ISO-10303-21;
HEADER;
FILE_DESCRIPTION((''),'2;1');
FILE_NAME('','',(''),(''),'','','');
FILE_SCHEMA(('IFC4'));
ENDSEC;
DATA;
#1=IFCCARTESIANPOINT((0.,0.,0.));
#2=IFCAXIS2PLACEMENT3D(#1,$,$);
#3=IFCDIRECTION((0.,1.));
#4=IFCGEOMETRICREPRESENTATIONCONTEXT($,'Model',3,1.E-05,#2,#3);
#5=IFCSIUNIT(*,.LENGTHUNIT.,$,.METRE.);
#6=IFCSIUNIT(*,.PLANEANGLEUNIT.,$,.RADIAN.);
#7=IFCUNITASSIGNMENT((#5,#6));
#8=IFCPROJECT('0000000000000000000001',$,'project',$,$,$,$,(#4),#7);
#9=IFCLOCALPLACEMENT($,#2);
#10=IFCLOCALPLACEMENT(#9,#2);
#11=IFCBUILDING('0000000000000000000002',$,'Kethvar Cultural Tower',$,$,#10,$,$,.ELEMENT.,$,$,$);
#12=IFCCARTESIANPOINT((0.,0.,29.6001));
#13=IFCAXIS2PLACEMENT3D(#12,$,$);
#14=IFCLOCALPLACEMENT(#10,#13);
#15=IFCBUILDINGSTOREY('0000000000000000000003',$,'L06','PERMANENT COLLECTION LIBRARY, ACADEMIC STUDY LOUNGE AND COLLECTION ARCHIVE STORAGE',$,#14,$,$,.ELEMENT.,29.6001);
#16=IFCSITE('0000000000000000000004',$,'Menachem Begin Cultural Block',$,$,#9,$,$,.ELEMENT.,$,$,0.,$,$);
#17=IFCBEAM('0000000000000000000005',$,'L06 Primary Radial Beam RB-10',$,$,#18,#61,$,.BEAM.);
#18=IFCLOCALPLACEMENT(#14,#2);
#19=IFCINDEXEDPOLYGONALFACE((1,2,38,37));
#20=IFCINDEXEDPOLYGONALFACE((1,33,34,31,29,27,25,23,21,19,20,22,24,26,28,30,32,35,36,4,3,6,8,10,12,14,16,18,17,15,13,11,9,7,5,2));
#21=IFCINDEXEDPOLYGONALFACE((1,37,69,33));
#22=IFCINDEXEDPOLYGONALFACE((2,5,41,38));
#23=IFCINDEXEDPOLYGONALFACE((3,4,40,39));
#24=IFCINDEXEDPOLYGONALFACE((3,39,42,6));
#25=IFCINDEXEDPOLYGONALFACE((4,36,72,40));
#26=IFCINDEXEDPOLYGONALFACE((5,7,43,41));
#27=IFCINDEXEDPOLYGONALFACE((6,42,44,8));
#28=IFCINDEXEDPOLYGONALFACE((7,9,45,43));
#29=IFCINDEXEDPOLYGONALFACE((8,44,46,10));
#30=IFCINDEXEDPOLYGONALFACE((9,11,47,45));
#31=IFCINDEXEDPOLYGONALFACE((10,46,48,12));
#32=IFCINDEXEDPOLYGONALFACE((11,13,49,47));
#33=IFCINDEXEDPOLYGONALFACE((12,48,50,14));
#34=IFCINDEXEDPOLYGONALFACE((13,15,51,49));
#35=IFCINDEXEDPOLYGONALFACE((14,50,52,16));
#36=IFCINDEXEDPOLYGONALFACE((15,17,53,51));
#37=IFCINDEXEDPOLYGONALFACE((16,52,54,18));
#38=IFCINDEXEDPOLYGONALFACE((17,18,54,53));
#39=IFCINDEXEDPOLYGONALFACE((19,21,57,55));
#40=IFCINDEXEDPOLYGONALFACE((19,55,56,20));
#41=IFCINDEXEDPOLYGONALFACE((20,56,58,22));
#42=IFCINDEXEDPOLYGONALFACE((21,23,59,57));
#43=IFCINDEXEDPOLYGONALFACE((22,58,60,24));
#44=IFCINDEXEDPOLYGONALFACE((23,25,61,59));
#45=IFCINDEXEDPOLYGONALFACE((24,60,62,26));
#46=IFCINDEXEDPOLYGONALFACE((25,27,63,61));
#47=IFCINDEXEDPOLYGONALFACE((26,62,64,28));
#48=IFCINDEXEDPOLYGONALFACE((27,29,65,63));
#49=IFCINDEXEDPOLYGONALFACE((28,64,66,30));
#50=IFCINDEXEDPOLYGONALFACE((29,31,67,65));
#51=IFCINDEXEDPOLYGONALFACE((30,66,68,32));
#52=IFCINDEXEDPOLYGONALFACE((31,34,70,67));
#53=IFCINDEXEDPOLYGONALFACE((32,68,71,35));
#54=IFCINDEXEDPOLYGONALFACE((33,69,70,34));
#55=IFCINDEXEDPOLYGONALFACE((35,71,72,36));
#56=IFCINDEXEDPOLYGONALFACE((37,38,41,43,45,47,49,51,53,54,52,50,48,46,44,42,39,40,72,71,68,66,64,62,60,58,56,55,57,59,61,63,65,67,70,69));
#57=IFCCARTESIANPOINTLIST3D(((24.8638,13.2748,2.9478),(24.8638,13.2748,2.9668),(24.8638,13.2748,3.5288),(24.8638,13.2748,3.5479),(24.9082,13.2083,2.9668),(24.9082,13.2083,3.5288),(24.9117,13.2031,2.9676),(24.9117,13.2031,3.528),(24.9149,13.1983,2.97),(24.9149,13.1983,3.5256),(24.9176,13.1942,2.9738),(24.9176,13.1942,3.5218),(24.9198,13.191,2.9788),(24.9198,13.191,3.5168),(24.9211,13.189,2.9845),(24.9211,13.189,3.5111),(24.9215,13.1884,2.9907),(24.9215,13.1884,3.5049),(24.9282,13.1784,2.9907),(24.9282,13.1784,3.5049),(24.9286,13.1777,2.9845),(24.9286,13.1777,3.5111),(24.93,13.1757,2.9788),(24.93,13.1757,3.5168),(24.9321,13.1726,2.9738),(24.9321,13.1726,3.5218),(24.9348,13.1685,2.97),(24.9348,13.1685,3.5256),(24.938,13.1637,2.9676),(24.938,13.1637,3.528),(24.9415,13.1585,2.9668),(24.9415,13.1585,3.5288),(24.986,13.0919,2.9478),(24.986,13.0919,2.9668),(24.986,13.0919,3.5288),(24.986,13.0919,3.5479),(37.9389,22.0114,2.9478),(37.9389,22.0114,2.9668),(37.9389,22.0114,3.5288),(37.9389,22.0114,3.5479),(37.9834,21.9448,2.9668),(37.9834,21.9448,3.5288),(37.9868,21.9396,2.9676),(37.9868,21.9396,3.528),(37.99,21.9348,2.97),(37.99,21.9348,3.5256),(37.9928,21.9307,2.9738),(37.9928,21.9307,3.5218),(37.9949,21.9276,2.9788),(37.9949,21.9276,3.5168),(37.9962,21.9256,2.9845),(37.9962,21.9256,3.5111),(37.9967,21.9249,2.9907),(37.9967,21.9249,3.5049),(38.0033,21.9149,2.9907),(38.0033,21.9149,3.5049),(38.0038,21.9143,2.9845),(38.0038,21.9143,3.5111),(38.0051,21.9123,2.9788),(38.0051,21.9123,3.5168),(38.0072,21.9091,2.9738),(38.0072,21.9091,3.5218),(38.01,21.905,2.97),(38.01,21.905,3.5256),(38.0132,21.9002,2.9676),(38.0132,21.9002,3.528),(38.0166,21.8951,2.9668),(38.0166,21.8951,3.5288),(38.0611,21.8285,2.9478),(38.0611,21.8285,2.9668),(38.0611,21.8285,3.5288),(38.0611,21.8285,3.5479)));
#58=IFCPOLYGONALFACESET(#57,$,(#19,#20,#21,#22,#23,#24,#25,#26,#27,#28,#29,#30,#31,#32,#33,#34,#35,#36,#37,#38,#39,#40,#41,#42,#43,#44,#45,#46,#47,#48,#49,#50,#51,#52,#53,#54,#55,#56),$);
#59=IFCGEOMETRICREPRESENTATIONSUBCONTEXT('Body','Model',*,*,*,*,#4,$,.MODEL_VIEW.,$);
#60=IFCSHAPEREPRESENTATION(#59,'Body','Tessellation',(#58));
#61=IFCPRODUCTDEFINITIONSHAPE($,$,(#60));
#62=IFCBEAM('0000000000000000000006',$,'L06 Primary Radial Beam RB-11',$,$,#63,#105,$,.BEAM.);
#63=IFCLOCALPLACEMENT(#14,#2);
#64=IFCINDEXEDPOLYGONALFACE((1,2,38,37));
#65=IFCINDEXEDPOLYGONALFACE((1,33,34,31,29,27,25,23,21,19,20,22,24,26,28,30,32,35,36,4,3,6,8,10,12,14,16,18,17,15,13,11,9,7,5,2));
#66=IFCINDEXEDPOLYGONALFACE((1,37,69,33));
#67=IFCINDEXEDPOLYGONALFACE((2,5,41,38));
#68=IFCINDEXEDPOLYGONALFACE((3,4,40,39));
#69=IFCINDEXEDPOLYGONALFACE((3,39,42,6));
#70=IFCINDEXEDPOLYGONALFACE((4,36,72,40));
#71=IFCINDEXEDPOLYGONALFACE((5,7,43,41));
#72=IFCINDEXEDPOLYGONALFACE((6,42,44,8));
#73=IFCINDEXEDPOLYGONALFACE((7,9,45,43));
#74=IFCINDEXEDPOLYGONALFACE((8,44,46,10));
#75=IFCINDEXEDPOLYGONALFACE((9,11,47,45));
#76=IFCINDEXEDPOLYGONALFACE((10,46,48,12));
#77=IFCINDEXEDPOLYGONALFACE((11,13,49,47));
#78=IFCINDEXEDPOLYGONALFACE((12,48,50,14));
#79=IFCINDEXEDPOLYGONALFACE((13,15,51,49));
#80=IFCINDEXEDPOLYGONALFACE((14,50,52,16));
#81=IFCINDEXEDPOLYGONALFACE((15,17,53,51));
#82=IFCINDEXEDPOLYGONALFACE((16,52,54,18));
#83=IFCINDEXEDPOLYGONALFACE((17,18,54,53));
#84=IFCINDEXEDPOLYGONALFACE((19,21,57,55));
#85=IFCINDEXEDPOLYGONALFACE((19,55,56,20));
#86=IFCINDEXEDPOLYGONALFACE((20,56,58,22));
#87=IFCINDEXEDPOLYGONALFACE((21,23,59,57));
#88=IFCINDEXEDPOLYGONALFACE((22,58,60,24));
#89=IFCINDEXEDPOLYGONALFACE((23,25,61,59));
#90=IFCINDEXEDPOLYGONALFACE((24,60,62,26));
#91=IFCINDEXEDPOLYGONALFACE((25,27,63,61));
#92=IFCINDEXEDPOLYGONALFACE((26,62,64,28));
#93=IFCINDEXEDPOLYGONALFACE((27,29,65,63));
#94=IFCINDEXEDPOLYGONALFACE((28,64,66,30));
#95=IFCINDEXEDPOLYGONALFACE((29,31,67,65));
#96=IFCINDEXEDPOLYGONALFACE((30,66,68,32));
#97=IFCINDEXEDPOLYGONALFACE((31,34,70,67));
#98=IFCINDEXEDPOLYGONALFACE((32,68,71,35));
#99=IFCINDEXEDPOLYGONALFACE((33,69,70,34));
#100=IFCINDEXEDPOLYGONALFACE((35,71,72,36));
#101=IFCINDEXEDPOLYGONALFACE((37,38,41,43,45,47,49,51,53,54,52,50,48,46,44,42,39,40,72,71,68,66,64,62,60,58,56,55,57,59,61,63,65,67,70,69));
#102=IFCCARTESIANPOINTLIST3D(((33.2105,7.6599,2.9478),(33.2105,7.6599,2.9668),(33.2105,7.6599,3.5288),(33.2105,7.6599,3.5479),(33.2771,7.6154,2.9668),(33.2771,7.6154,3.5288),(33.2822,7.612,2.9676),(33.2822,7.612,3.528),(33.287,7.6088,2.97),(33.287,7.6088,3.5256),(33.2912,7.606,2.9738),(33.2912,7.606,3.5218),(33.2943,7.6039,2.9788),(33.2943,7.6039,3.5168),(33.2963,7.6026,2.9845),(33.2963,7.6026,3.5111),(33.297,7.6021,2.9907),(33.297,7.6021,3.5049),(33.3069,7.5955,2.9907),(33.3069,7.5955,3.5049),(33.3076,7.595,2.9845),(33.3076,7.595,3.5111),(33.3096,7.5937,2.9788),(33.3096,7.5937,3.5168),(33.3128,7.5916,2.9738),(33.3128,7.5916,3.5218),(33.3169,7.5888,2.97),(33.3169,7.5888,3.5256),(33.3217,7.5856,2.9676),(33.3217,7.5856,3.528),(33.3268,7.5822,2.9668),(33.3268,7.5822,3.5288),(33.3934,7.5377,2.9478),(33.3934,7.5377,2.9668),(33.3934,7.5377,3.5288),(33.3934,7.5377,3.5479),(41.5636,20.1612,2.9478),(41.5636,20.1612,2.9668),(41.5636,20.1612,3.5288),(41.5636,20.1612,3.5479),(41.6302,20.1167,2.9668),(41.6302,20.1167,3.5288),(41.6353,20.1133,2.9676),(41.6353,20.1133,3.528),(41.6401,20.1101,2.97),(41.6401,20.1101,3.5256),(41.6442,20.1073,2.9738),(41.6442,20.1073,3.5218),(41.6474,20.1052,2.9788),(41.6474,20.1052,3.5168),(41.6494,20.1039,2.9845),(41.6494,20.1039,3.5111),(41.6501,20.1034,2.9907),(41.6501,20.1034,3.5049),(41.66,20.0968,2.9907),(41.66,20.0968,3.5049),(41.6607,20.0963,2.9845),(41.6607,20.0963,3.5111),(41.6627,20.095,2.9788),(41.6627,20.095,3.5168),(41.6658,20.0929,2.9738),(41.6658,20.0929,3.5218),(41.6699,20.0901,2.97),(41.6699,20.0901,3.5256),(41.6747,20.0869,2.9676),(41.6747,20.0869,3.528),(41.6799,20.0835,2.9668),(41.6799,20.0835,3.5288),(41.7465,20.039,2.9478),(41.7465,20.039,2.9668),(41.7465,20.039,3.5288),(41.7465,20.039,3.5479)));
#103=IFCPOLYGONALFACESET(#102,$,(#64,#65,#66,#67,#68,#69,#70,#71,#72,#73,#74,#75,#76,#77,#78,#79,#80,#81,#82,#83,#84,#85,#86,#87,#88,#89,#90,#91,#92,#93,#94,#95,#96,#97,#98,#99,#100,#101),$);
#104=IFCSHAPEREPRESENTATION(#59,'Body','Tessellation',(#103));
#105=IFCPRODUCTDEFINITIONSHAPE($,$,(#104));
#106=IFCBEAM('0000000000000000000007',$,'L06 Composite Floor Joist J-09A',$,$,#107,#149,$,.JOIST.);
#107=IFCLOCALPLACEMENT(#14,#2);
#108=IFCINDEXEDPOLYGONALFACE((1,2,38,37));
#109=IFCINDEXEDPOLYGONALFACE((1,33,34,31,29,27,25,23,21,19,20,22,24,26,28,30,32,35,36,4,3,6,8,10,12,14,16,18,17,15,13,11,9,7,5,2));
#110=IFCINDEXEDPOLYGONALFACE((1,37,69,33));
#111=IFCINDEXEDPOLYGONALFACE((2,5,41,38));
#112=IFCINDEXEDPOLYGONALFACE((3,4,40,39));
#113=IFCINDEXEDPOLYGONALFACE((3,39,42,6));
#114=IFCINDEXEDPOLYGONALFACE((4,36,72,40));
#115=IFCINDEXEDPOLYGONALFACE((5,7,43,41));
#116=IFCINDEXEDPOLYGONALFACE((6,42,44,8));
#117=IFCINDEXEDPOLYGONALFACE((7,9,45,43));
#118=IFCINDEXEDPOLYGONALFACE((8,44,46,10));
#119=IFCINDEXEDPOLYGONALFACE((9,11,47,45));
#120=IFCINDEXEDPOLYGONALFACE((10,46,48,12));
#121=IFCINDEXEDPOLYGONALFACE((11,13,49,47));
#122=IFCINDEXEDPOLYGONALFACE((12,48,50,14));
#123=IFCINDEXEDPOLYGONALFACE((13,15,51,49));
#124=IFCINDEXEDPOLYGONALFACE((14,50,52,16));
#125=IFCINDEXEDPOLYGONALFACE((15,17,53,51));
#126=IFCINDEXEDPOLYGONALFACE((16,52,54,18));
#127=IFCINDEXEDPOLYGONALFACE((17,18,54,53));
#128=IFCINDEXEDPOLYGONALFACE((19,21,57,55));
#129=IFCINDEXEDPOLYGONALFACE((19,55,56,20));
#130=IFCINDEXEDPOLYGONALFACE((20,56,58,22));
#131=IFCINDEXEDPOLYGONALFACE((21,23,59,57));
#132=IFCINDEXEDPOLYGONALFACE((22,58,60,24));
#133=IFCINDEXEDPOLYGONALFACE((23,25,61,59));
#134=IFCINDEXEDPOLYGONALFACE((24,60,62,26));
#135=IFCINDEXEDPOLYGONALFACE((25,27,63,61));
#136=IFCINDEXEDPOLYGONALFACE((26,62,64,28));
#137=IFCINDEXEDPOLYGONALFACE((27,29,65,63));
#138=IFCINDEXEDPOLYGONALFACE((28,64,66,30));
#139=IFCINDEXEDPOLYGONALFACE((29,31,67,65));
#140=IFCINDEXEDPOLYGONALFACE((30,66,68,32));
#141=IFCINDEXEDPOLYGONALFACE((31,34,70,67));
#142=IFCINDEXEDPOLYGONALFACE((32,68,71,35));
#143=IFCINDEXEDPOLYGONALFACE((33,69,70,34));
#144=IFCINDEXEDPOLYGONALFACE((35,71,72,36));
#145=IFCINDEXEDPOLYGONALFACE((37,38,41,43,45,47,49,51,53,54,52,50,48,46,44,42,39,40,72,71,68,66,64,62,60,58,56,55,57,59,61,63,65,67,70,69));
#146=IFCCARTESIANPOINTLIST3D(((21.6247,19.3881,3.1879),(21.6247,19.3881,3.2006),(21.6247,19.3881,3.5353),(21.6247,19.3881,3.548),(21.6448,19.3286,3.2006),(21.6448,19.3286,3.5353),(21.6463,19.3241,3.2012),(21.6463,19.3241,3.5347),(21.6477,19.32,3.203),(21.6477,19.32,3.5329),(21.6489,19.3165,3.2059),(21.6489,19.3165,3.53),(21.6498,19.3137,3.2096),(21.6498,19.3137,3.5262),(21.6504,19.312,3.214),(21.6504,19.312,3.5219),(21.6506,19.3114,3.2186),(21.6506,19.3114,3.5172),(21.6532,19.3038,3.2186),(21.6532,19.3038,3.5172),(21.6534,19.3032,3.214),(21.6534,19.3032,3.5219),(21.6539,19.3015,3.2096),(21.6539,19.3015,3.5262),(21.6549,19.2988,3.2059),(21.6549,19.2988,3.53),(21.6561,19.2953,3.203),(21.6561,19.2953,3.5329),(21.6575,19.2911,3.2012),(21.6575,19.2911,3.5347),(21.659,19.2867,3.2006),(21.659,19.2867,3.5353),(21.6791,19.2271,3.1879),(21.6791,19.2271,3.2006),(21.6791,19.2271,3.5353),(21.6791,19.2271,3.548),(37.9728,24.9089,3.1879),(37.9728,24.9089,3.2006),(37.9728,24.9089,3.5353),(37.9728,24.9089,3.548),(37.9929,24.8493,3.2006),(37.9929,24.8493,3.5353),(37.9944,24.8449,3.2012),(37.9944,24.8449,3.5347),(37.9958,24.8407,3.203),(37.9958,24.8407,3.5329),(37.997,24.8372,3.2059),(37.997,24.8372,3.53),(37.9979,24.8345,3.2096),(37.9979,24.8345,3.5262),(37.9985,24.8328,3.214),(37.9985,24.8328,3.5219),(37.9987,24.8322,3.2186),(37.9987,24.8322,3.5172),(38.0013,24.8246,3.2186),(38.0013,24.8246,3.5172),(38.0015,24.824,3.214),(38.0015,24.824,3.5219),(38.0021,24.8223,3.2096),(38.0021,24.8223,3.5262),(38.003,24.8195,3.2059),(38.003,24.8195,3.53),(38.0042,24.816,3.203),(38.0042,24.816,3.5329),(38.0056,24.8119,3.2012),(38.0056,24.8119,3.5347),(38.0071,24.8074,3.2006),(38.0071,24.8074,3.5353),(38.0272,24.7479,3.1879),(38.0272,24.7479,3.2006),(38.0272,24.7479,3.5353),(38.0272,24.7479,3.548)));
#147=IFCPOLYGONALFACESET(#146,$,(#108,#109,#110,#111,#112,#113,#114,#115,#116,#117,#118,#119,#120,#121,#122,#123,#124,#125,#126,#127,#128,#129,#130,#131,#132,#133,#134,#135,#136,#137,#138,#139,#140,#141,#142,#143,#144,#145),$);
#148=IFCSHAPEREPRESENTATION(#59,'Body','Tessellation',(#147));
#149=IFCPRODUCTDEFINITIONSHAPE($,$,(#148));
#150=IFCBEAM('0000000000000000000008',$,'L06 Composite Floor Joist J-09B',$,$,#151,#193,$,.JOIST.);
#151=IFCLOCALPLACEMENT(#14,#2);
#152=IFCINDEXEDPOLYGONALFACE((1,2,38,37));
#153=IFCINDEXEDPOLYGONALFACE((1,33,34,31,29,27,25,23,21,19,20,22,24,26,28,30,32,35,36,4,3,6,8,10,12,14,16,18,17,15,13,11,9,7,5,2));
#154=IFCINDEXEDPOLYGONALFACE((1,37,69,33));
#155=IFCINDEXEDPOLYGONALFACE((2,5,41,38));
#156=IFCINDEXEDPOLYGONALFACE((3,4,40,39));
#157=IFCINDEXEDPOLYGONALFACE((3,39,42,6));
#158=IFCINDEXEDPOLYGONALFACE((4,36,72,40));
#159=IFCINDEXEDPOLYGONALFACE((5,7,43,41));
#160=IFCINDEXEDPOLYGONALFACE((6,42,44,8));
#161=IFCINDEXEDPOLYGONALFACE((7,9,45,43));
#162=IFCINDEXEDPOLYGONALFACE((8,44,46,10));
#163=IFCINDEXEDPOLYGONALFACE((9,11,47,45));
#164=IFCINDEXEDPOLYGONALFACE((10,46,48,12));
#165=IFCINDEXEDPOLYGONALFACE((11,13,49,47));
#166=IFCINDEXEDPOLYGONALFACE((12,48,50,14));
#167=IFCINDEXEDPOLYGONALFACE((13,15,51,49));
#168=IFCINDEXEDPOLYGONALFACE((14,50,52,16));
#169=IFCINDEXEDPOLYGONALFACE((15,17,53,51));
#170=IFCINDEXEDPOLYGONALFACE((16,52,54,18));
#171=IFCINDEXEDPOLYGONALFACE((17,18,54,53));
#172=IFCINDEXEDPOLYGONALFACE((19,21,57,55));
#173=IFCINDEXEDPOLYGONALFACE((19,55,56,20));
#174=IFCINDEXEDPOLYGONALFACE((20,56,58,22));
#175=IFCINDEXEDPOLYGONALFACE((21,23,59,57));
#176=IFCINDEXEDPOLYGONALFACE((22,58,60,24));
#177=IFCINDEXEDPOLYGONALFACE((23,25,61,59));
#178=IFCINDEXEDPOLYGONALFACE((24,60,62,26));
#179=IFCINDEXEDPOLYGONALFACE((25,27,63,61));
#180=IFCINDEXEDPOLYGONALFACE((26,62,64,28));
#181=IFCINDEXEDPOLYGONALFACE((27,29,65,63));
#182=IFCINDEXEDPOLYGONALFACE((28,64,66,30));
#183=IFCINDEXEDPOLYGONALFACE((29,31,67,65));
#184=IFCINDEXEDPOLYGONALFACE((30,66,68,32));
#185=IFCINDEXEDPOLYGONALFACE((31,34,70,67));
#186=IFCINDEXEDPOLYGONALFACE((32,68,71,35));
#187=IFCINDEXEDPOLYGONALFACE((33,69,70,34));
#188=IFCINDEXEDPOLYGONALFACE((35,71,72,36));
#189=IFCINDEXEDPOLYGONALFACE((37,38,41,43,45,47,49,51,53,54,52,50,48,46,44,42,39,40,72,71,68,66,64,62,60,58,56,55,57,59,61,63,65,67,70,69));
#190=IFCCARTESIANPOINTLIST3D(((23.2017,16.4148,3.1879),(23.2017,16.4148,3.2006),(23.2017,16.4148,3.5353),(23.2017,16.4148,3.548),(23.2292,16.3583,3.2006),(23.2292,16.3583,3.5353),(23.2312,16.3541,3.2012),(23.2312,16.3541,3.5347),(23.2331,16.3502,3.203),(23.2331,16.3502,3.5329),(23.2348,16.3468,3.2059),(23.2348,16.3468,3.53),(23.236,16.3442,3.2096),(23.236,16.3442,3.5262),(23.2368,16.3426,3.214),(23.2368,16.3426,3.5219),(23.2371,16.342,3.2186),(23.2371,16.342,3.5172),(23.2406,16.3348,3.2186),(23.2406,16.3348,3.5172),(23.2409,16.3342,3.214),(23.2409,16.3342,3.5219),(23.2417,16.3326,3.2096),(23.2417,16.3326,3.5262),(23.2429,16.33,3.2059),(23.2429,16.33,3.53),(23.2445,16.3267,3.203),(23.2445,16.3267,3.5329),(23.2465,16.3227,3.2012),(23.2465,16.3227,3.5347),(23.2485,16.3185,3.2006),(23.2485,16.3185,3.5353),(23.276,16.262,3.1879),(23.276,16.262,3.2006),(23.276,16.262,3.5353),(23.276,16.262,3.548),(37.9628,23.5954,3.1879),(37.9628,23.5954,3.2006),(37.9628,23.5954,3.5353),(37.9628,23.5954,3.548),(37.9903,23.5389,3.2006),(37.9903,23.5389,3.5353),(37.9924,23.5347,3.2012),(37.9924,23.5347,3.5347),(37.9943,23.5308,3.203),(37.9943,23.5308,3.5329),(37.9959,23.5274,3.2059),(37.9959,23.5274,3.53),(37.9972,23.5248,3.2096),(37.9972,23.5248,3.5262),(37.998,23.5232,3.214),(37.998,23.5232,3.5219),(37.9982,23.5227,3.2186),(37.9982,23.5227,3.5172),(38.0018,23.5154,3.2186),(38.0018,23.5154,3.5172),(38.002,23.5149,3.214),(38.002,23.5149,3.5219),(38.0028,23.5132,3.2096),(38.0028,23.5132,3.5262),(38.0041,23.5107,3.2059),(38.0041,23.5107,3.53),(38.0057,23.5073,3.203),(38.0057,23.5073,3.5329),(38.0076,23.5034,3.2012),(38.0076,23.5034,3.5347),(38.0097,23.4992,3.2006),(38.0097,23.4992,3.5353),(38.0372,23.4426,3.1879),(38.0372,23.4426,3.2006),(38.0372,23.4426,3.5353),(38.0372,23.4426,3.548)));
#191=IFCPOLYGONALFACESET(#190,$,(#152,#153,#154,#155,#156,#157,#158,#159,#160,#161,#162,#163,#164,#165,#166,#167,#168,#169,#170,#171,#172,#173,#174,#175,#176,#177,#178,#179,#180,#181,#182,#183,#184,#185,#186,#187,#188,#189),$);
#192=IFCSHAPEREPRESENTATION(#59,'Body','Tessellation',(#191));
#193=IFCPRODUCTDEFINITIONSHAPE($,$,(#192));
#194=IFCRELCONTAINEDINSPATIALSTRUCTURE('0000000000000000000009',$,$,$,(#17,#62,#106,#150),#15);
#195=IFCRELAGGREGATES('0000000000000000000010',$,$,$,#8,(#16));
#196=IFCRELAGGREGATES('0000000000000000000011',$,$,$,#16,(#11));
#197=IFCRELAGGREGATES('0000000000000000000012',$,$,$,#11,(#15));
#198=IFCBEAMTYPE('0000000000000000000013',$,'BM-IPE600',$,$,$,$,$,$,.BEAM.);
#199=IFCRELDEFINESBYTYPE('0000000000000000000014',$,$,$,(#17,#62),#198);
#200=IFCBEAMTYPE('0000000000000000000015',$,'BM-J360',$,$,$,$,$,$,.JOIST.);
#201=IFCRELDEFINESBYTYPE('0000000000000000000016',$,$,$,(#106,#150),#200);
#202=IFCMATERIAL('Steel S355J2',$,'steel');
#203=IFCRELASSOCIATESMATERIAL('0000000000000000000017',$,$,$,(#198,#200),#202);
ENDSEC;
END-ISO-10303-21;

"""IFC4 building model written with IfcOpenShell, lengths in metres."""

from ifc_helpers import new_model, si_unit, direction, frame, origin, origin_2d, place, context, subcontext, project, spatial, i_section, extrude, source, transform, mapped, material, material_profile, profile_set, type_object, element, save


model = new_model("IFC4")

# Units and contexts
model_context = context("Model", 3, precision=1e-05, world=origin(), true_north=direction((0.0, 1.0)))
body_context = subcontext(model_context, "Body", "Model", "MODEL_VIEW")
ifc_project = project(units=[si_unit("LENGTHUNIT", "METRE"), si_unit("PLANEANGLEUNIT", "RADIAN")], contexts=[model_context])

# Site, building, storey
site_placement = place(None, origin())
site = spatial("IfcSite", under=ifc_project, at=site_placement, Name="Menachem Begin Cultural Block", CompositionType="ELEMENT", RefElevation=0.0)
building_placement = place(site_placement, origin())
building = spatial("IfcBuilding", under=site, at=building_placement, Name="Kethvar Cultural Tower", CompositionType="ELEMENT")
storey_placement = place(building_placement, frame((0.0, 0.0, 29.6001)))
storey = spatial("IfcBuildingStorey", under=building, at=storey_placement, Name="L06", Description="PERMANENT COLLECTION LIBRARY, ACADEMIC STUDY LOUNGE AND COLLECTION ARCHIVE STORAGE", CompositionType="ELEMENT", Elevation=29.6001)

# Beams
ifc_material_1 = material(Name="Steel S355J2", Category="steel")
ifc_material_profile_1 = material_profile(ifc_material_1, i_section(OverallWidth=0.22, OverallDepth=0.6001, WebThickness=0.012, FlangeThickness=0.019, FilletRadius=0.0239, at=origin_2d()), Name="Steel S355J2 — IPE600")
ifc_profile_set_1 = profile_set([ifc_material_profile_1], Name="Steel S355J2 — IPE600")
beam_type_1 = type_object("IfcBeamType", Name="BM-IPE600", PredefinedType="BEAM", material=ifc_profile_set_1)
shared_shape_1 = source(origin(), body_context, "Body", "SweptSolid", [
    extrude(i_section(OverallWidth=0.22, OverallDepth=0.6001, WebThickness=0.012, FlangeThickness=0.019, FilletRadius=0.0239, at=origin_2d()), origin(), (0.0, 0.0, 1.0), 15.7253),
])
beam_1_placement = place(storey_placement, frame((38.0, 21.9199, 3.2478), z_axis=(-0.831469, -0.55557, 0.0), x_axis=(0.55557, -0.831469, 0.0)))
element("IfcBeam", 1, at=beam_1_placement, inside=storey, type_object=beam_type_1, Name="L06 Primary Radial Beam RB-10", PredefinedType="BEAM", context=body_context, shape_type="MappedRepresentation", body=[
    mapped(shared_shape_1, transform((0.0, 0.0, 0.0), scale=1.0)),
])
shared_shape_2 = source(origin(), body_context, "Body", "SweptSolid", [
    extrude(i_section(OverallWidth=0.22, OverallDepth=0.6001, WebThickness=0.012, FlangeThickness=0.019, FilletRadius=0.0239, at=origin_2d()), origin(), (0.0, 0.0, 1.0), 15.0352),
])
beam_2_placement = place(storey_placement, frame((41.655, 20.1001, 3.2478), z_axis=(-0.555569, -0.83147, 0.0), x_axis=(0.83147, -0.555569, 0.0)))
element("IfcBeam", 2, at=beam_2_placement, inside=storey, type_object=beam_type_1, Name="L06 Primary Radial Beam RB-11", PredefinedType="BEAM", context=body_context, shape_type="MappedRepresentation", body=[
    mapped(shared_shape_2, transform((0.0, 0.0, 0.0), scale=1.0)),
])
ifc_material_profile_2 = material_profile(ifc_material_1, i_section(OverallWidth=0.1699, OverallDepth=0.3601, WebThickness=0.0081, FlangeThickness=0.0127, FilletRadius=0.0181, at=origin_2d()), Name="Steel S355J2 — IPE360")
ifc_profile_set_2 = profile_set([ifc_material_profile_2], Name="Steel S355J2 — IPE360")
beam_type_2 = type_object("IfcBeamType", Name="BM-J360", PredefinedType="JOIST", material=ifc_profile_set_2)
shared_shape_3 = source(origin(), body_context, "Body", "SweptSolid", [
    extrude(i_section(OverallWidth=0.1699, OverallDepth=0.3601, WebThickness=0.0081, FlangeThickness=0.0127, FilletRadius=0.0181, at=origin_2d()), origin(), (0.0, 0.0, 1.0), 17.2551),
])
beam_3_placement = place(storey_placement, frame((38.0, 24.8284, 3.3679), z_axis=(-0.947435, -0.319948, 0.0), x_axis=(0.319948, -0.947435, 0.0)))
element("IfcBeam", 3, at=beam_3_placement, inside=storey, type_object=beam_type_2, Name="L06 Composite Floor Joist J-09A", PredefinedType="JOIST", context=body_context, shape_type="MappedRepresentation", body=[
    mapped(shared_shape_3, transform((0.0, 0.0, 0.0), scale=1.0)),
])
shared_shape_4 = source(origin(), body_context, "Body", "SweptSolid", [
    extrude(i_section(OverallWidth=0.1699, OverallDepth=0.3601, WebThickness=0.0081, FlangeThickness=0.0127, FilletRadius=0.0181, at=origin_2d()), origin(), (0.0, 0.0, 1.0), 16.415),
])
beam_4_placement = place(storey_placement, frame((38.0, 23.519, 3.3679), z_axis=(-0.899246, -0.437442, 0.0), x_axis=(0.437442, -0.899246, 0.0)))
element("IfcBeam", 4, at=beam_4_placement, inside=storey, type_object=beam_type_2, Name="L06 Composite Floor Joist J-09B", PredefinedType="JOIST", context=body_context, shape_type="MappedRepresentation", body=[
    mapped(shared_shape_4, transform((0.0, 0.0, 0.0), scale=1.0)),
])

save(model, "model.ifc")
